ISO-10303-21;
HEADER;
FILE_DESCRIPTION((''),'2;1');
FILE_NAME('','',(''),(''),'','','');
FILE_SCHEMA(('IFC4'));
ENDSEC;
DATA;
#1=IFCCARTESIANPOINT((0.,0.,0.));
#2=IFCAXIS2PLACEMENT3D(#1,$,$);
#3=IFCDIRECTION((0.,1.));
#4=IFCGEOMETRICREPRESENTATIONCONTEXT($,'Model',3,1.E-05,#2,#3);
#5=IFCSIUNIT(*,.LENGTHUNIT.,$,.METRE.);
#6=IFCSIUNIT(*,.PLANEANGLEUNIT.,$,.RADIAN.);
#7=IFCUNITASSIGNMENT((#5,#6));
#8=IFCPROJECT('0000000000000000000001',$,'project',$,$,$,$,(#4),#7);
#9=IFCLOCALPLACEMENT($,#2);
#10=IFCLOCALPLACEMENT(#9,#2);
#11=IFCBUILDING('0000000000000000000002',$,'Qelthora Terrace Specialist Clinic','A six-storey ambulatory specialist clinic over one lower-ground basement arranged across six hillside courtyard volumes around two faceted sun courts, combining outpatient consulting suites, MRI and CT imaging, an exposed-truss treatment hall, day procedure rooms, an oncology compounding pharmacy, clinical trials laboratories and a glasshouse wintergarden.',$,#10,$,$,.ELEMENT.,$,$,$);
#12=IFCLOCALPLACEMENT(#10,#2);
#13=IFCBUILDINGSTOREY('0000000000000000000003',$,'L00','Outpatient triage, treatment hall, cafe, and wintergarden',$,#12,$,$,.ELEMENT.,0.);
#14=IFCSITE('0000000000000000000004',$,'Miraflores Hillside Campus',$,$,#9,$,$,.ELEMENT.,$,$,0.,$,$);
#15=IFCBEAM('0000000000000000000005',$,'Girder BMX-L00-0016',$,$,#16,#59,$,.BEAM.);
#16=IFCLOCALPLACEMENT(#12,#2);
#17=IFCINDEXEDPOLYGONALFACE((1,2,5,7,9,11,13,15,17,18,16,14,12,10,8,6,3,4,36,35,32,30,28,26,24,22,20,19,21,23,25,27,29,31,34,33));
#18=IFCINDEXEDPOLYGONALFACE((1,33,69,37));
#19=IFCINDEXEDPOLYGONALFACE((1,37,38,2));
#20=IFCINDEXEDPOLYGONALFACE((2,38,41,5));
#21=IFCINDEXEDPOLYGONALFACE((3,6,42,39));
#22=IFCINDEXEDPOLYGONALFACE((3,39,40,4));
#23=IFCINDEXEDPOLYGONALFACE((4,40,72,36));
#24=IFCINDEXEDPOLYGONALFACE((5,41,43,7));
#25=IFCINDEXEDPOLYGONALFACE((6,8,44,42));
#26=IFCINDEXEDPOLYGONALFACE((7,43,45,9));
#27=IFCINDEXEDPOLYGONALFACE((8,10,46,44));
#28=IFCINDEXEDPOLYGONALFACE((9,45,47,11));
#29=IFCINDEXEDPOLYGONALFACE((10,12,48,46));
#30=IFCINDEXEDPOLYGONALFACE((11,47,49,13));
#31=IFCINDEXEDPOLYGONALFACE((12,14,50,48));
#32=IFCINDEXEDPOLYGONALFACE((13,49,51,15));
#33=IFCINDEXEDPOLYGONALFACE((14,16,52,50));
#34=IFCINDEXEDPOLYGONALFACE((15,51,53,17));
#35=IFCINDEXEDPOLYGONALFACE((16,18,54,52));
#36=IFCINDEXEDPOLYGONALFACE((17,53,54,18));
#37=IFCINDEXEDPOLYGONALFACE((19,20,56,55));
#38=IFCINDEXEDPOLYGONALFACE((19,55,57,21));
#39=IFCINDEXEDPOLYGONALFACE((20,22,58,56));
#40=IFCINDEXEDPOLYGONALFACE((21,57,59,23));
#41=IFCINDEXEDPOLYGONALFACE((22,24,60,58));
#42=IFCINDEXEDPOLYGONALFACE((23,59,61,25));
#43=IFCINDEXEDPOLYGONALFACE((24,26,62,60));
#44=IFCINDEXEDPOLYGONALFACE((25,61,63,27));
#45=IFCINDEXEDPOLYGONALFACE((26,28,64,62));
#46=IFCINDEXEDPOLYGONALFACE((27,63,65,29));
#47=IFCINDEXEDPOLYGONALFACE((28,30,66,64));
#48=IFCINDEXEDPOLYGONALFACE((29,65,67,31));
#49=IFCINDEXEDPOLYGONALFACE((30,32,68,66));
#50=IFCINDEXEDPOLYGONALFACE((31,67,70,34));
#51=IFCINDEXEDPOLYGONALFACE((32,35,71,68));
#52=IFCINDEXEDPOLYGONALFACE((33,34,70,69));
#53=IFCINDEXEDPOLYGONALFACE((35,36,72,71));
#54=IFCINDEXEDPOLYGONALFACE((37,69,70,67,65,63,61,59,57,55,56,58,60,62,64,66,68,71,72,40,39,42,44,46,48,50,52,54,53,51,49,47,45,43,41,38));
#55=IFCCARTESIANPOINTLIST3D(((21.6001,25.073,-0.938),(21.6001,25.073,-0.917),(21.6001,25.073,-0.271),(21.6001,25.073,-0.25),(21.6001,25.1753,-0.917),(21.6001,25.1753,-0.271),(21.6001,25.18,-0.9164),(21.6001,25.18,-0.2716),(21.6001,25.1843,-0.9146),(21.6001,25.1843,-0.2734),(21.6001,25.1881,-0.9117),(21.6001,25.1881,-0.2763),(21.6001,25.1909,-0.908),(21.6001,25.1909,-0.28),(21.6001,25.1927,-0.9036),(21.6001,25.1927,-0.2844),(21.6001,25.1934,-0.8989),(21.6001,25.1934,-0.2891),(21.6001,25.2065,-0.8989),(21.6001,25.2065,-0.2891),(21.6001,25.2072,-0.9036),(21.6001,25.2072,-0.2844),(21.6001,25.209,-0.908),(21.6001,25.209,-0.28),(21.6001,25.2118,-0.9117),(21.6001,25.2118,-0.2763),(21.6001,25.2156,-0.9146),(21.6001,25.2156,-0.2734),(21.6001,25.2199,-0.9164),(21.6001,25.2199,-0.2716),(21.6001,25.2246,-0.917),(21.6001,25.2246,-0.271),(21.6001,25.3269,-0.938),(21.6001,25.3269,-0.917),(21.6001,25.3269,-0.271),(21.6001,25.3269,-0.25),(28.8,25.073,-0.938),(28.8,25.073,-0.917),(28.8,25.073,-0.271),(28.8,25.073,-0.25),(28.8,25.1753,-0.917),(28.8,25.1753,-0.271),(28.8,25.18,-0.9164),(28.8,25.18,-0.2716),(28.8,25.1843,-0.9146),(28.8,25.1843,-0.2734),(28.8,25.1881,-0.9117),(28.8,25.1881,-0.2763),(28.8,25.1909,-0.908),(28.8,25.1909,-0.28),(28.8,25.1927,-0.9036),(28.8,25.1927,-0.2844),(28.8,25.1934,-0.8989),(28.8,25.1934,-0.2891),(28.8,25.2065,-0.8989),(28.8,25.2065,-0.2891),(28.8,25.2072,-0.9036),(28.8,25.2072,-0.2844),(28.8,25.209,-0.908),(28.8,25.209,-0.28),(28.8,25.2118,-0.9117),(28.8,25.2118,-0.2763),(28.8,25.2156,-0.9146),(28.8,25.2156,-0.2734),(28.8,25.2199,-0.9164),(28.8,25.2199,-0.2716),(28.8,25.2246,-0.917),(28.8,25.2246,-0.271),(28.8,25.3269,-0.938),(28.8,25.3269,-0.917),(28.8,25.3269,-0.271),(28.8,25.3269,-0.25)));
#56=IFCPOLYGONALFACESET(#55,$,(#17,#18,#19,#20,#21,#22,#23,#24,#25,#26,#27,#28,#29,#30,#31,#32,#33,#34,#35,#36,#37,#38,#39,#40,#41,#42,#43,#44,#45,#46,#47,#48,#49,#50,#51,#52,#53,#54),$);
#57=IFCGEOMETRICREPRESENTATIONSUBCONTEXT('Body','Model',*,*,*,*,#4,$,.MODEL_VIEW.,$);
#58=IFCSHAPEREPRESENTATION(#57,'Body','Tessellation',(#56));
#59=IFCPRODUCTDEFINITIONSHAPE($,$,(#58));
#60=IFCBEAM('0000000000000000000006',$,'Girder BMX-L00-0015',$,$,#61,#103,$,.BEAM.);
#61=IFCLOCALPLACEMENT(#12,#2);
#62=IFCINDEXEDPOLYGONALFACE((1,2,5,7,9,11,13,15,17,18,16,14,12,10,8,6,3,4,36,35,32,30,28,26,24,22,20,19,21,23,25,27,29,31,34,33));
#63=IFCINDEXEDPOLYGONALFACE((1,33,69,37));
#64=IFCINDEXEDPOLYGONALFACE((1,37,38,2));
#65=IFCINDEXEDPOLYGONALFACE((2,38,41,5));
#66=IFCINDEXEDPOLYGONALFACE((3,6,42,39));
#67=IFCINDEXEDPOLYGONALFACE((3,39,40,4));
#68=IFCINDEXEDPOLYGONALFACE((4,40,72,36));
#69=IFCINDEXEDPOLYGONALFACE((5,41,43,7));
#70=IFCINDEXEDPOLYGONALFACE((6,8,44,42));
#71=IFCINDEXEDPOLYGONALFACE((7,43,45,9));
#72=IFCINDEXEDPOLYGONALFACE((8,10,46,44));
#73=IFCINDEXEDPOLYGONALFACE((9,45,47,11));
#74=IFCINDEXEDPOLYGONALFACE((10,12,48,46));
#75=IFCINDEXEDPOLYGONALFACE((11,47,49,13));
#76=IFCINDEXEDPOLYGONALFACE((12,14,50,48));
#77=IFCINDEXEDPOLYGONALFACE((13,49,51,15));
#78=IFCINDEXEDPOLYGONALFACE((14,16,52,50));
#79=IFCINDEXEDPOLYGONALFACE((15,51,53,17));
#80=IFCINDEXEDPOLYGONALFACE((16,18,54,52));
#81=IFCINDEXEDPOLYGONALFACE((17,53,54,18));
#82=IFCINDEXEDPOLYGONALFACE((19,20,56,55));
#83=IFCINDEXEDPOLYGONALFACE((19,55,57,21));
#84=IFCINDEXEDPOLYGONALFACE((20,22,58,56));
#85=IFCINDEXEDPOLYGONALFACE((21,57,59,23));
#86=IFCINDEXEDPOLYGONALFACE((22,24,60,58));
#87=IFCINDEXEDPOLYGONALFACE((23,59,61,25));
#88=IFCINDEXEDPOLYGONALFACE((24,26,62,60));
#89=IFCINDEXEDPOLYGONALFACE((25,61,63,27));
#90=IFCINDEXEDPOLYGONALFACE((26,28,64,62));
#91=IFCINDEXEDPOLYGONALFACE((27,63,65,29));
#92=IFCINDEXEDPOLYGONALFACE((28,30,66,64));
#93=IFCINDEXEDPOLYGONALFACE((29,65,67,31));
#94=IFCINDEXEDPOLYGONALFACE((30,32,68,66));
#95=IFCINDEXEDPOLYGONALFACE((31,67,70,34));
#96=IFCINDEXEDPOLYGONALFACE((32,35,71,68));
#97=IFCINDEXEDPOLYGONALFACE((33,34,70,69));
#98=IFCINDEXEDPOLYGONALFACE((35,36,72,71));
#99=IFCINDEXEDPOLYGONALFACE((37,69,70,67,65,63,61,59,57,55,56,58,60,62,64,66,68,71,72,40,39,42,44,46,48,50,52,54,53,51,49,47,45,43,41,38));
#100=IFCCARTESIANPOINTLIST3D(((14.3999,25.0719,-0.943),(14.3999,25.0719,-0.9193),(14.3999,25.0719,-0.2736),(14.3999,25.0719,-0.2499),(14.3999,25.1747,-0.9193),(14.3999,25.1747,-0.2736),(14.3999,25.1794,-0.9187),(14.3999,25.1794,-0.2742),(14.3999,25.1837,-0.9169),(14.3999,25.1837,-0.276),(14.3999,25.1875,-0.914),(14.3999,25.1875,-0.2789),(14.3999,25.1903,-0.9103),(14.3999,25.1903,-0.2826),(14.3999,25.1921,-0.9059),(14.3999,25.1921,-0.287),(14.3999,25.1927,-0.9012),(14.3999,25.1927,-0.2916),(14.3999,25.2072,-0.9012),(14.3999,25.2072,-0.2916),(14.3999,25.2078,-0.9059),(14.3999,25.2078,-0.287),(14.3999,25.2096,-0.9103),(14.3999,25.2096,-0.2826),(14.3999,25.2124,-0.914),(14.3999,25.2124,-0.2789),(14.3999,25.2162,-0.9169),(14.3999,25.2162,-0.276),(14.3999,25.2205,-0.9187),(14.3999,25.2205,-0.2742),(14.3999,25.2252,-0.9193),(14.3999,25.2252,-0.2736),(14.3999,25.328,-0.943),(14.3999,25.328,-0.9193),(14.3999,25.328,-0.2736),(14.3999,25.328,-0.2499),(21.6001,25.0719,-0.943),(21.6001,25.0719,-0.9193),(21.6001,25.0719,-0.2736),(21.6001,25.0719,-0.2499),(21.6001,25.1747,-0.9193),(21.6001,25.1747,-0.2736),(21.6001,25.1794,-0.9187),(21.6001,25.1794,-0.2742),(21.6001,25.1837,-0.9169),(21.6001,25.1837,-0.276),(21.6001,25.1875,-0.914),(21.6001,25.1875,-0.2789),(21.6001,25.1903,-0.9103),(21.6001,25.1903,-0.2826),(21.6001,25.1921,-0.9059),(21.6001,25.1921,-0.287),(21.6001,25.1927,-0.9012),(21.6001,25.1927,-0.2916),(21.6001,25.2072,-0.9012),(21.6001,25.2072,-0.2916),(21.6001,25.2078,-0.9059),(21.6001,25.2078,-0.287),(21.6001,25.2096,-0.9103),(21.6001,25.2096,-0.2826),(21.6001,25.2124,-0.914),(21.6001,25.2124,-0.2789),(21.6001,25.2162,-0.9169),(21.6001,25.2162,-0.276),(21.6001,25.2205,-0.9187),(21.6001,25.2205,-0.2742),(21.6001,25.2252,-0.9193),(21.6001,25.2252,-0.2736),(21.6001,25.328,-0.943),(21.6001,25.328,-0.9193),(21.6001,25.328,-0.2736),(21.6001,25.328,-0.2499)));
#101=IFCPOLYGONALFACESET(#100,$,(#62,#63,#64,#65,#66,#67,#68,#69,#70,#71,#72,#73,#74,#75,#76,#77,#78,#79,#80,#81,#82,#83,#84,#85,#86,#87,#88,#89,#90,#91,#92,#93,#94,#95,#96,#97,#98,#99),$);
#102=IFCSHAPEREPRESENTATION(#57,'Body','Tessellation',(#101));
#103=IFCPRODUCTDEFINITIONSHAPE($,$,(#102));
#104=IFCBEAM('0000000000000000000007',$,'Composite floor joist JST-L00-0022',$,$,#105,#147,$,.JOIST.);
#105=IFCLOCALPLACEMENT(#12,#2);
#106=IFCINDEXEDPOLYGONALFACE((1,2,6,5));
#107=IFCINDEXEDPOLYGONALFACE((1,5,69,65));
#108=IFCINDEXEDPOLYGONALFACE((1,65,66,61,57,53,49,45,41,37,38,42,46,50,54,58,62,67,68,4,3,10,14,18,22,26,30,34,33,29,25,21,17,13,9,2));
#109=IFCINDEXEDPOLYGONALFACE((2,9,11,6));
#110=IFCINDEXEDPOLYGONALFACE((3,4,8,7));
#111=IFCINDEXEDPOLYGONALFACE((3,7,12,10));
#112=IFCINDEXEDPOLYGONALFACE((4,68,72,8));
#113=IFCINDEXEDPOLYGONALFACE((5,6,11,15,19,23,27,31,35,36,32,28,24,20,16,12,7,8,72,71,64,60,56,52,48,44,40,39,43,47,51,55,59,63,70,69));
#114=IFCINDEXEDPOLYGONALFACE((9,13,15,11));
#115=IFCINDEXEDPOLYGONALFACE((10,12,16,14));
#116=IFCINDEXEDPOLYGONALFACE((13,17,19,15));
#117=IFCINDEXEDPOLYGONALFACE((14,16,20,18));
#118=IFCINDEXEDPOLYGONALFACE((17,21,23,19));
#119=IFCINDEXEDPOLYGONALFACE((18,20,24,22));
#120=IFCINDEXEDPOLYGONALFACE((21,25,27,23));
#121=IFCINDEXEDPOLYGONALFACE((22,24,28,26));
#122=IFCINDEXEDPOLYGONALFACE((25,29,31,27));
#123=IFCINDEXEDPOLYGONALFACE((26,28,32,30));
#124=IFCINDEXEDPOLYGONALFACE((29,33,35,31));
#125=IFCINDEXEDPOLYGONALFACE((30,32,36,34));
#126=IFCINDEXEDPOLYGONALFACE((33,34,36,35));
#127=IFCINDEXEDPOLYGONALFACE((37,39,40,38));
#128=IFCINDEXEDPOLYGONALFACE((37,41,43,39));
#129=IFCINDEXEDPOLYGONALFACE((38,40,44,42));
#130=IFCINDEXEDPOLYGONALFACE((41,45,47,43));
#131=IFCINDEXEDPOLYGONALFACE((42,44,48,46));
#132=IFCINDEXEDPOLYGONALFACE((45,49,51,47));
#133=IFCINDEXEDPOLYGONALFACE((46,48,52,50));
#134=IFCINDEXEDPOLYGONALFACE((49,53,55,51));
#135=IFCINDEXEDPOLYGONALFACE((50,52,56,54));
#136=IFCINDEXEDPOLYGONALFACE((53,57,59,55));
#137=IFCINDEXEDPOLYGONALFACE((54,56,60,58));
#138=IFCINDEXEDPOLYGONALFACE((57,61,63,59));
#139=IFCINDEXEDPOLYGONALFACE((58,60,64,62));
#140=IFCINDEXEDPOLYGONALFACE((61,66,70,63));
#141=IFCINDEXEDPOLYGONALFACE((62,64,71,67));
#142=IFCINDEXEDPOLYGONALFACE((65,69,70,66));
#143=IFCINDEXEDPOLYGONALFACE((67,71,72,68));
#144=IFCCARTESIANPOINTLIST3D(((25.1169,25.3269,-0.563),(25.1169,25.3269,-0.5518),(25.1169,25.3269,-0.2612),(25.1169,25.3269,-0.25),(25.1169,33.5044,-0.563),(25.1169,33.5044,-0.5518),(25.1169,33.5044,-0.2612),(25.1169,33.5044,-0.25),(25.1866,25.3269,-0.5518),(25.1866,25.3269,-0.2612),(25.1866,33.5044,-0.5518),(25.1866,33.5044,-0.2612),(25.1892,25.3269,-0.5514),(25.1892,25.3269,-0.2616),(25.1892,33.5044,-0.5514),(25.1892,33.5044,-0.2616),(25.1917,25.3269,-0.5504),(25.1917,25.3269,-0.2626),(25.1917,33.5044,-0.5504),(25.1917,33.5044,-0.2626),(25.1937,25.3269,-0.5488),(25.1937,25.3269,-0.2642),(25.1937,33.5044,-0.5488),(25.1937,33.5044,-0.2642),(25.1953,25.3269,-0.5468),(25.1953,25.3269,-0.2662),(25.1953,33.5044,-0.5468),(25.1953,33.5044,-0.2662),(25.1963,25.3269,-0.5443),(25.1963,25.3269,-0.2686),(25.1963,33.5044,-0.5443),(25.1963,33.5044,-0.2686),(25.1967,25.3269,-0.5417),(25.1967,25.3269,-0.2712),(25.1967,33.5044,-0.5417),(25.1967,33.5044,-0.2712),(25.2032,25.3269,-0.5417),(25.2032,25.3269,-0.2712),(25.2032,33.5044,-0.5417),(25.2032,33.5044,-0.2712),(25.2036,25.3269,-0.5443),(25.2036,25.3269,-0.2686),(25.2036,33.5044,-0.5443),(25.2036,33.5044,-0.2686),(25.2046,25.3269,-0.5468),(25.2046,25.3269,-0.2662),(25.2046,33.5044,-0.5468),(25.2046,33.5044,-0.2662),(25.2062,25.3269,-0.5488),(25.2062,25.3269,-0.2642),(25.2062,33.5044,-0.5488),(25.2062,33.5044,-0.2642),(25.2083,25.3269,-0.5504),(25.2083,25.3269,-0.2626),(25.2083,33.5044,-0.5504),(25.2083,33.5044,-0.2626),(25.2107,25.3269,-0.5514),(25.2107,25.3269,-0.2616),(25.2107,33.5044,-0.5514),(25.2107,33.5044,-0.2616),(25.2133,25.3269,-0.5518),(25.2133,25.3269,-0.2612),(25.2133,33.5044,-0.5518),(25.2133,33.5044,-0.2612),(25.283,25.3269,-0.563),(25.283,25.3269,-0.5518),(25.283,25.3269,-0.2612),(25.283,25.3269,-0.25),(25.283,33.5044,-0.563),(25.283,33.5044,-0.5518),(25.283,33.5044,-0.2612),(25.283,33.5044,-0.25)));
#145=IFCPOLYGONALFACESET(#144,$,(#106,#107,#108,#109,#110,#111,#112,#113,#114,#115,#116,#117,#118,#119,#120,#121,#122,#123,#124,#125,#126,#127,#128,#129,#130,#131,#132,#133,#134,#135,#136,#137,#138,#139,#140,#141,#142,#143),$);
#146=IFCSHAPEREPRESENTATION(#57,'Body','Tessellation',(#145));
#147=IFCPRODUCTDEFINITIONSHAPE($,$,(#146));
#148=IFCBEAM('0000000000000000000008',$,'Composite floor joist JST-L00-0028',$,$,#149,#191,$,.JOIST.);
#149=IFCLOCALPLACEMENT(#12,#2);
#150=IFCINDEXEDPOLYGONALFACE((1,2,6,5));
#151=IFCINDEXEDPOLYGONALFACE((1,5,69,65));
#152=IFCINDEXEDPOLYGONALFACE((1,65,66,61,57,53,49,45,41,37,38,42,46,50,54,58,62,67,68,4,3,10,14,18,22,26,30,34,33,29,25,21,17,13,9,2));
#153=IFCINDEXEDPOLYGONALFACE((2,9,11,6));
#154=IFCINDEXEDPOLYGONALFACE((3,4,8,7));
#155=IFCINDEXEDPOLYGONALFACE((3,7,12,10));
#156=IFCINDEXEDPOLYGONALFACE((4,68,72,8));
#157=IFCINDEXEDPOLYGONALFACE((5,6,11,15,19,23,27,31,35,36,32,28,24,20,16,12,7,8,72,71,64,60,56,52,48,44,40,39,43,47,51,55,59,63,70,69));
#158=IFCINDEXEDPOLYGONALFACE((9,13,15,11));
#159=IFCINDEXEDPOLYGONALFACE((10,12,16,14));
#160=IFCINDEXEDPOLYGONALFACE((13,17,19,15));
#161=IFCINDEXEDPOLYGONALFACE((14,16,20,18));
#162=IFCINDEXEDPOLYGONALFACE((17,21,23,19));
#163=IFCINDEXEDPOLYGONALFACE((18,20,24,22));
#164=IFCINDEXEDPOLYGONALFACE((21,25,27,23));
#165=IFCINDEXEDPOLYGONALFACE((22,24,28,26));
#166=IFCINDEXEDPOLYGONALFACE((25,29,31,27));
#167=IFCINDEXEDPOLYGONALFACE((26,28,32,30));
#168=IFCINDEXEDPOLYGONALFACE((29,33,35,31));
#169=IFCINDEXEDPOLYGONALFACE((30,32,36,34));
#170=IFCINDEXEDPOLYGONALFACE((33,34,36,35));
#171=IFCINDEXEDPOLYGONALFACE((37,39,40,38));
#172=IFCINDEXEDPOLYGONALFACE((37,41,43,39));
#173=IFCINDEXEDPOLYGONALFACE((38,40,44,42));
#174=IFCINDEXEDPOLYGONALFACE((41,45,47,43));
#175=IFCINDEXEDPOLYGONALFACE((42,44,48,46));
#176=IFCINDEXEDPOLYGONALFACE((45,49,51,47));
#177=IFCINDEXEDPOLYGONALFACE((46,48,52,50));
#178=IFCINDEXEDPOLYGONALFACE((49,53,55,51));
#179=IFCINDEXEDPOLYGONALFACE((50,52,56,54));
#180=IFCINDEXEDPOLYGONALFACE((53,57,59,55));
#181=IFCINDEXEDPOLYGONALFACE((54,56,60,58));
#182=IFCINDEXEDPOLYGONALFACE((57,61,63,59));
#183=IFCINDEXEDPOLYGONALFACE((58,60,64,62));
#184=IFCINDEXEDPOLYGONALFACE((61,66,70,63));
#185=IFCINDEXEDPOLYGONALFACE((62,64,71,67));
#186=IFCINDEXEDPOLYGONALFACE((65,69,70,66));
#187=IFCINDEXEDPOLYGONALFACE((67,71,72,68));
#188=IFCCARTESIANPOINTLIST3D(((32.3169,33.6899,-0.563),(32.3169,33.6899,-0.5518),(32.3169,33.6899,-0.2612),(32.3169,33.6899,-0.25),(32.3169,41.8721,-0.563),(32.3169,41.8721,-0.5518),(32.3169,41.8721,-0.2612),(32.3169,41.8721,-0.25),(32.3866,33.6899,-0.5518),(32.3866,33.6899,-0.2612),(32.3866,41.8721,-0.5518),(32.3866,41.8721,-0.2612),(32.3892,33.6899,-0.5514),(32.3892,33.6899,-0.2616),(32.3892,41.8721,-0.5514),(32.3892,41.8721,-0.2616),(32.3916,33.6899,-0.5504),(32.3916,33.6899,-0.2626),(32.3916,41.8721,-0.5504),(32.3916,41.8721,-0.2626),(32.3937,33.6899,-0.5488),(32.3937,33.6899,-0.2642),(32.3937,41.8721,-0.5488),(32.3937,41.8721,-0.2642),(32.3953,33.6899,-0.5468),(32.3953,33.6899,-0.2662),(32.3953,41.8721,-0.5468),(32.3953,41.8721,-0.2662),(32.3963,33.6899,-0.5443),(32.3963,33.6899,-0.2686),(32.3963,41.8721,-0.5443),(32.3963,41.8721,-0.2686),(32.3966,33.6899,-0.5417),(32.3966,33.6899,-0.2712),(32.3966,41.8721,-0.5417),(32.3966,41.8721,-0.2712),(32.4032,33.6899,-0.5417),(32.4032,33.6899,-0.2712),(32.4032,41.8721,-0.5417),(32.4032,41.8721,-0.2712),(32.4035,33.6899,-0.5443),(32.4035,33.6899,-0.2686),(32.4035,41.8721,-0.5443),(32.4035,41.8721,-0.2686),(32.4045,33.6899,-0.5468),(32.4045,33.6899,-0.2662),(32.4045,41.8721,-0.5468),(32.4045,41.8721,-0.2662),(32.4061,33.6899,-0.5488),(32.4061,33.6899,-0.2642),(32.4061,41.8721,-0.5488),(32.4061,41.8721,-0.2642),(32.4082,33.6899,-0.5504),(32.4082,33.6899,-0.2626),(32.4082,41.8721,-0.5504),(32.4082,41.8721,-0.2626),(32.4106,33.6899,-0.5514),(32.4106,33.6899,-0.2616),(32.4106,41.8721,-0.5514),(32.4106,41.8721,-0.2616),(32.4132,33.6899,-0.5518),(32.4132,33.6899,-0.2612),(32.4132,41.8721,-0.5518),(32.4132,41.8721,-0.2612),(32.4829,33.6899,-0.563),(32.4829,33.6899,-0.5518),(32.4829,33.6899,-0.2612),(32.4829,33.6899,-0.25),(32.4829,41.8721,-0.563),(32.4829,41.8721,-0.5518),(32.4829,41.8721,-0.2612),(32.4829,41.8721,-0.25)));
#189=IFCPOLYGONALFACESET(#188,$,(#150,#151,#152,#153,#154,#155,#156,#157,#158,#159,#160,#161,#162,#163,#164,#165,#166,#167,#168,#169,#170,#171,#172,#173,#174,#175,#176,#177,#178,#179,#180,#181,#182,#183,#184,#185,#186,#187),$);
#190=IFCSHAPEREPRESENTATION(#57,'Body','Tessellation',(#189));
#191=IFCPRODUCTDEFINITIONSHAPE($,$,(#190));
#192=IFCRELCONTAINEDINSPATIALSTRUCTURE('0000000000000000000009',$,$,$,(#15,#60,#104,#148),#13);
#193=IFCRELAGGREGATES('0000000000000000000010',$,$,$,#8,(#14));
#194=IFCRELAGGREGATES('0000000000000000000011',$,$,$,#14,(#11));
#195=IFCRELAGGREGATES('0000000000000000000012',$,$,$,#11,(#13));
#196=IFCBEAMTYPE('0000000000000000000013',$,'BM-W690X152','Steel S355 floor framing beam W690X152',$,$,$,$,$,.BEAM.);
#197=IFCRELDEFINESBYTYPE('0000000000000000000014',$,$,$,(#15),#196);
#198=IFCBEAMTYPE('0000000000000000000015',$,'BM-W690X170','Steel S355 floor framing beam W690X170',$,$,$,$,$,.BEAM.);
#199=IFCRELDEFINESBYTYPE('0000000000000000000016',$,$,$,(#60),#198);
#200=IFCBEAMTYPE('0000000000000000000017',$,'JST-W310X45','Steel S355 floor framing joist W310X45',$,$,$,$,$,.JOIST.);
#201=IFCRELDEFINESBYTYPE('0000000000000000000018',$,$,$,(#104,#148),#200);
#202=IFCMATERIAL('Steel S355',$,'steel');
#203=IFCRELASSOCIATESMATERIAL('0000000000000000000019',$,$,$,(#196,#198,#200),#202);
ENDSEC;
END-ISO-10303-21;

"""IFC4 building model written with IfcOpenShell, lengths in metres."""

from ifc_helpers import new_model, si_unit, direction, frame, origin, origin_2d, place, context, subcontext, project, spatial, i_section, extrude, material, material_profile, profile_set, type_object, element, save


model = new_model("IFC4")

# Units and contexts
model_context = context("Model", 3, precision=1e-05, world=origin(), true_north=direction((0.0, 1.0)))
body_context = subcontext(model_context, "Body", "Model", "MODEL_VIEW")
ifc_project = project(units=[si_unit("LENGTHUNIT", "METRE"), si_unit("PLANEANGLEUNIT", "RADIAN")], contexts=[model_context])

# Site, building, storey
site_placement = place(None, origin())
site = spatial("IfcSite", under=ifc_project, at=site_placement, Name="Miraflores Hillside Campus", CompositionType="ELEMENT", RefElevation=0.0)
building_placement = place(site_placement, origin())
building = spatial("IfcBuilding", under=site, at=building_placement, Name="Qelthora Terrace Specialist Clinic", Description="A six-storey ambulatory specialist clinic over one lower-ground basement arranged across six hillside courtyard volumes around two faceted sun courts, combining outpatient consulting suites, MRI and CT imaging, an exposed-truss treatment hall, day procedure rooms, an oncology compounding pharmacy, clinical trials laboratories and a glasshouse wintergarden.", CompositionType="ELEMENT")
storey_placement = place(building_placement, origin())
storey = spatial("IfcBuildingStorey", under=building, at=storey_placement, Name="L00", Description="Outpatient triage, treatment hall, cafe, and wintergarden", CompositionType="ELEMENT", Elevation=0.0)

# Shared definitions
ifc_material_1 = material(Name="Steel S355", Category="steel")

# Beams
ifc_material_profile_1 = material_profile(ifc_material_1, i_section(OverallWidth=0.2539, OverallDepth=0.688, WebThickness=0.0132, FlangeThickness=0.021, FilletRadius=0.0181, at=origin_2d()), Name="W690X152")
ifc_profile_set_1 = profile_set([ifc_material_profile_1], Name="Steel S355")
beam_type_1 = type_object("IfcBeamType", Name="BM-W690X152", Description="Steel S355 floor framing beam W690X152", PredefinedType="BEAM", material=ifc_profile_set_1)
beam_1_placement = place(storey_placement, frame((21.6001, 25.2, -0.594), z_axis=(1.0, 0.0, 0.0), x_axis=(0.0, 1.0, 0.0)))
element("IfcBeam", 1, at=beam_1_placement, inside=storey, type_object=beam_type_1, Name="Girder BMX-L00-0016", PredefinedType="BEAM", context=body_context, shape_type="SweptSolid", body=[
    extrude(i_section(OverallWidth=0.2539, OverallDepth=0.688, WebThickness=0.0132, FlangeThickness=0.021, FilletRadius=0.0181, at=origin_2d()), origin(), (0.0, 0.0, 1.0), 7.2),
])
ifc_material_profile_2 = material_profile(ifc_material_1, i_section(OverallWidth=0.2561, OverallDepth=0.6931, WebThickness=0.0144, FlangeThickness=0.0237, FilletRadius=0.0181, at=origin_2d()), Name="W690X170")
ifc_profile_set_2 = profile_set([ifc_material_profile_2], Name="Steel S355")
beam_type_2 = type_object("IfcBeamType", Name="BM-W690X170", Description="Steel S355 floor framing beam W690X170", PredefinedType="BEAM", material=ifc_profile_set_2)
beam_2_placement = place(storey_placement, frame((14.3999, 25.2, -0.5964), z_axis=(1.0, 0.0, 0.0), x_axis=(0.0, 1.0, 0.0)))
element("IfcBeam", 2, at=beam_2_placement, inside=storey, type_object=beam_type_2, Name="Girder BMX-L00-0015", PredefinedType="BEAM", context=body_context, shape_type="SweptSolid", body=[
    extrude(i_section(OverallWidth=0.2561, OverallDepth=0.6931, WebThickness=0.0144, FlangeThickness=0.0237, FilletRadius=0.0181, at=origin_2d()), origin(), (0.0, 0.0, 1.0), 7.2002),
])
ifc_material_profile_3 = material_profile(ifc_material_1, i_section(OverallWidth=0.166, OverallDepth=0.313, WebThickness=0.0066, FlangeThickness=0.0112, FilletRadius=0.01, at=origin_2d()), Name="W310X45")
ifc_profile_set_3 = profile_set([ifc_material_profile_3], Name="Steel S355")
beam_type_3 = type_object("IfcBeamType", Name="JST-W310X45", Description="Steel S355 floor framing joist W310X45", PredefinedType="JOIST", material=ifc_profile_set_3)
beam_3_placement = place(storey_placement, frame((25.2, 25.3269, -0.4065), z_axis=(0.0, 1.0, 0.0), x_axis=(-1.0, 0.0, 0.0)))
element("IfcBeam", 3, at=beam_3_placement, inside=storey, type_object=beam_type_3, Name="Composite floor joist JST-L00-0022", PredefinedType="JOIST", context=body_context, shape_type="SweptSolid", body=[
    extrude(i_section(OverallWidth=0.166, OverallDepth=0.313, WebThickness=0.0066, FlangeThickness=0.0112, FilletRadius=0.01, at=origin_2d()), origin(), (0.0, 0.0, 1.0), 8.1775),
])
beam_4_placement = place(storey_placement, frame((32.3999, 33.6899, -0.4065), z_axis=(0.0, 1.0, 0.0), x_axis=(-1.0, 0.0, 0.0)))
element("IfcBeam", 4, at=beam_4_placement, inside=storey, type_object=beam_type_3, Name="Composite floor joist JST-L00-0028", PredefinedType="JOIST", context=body_context, shape_type="SweptSolid", body=[
    extrude(i_section(OverallWidth=0.166, OverallDepth=0.313, WebThickness=0.0066, FlangeThickness=0.0112, FilletRadius=0.01, at=origin_2d()), origin(), (0.0, 0.0, 1.0), 8.1821),
])

save(model, "model.ifc")
